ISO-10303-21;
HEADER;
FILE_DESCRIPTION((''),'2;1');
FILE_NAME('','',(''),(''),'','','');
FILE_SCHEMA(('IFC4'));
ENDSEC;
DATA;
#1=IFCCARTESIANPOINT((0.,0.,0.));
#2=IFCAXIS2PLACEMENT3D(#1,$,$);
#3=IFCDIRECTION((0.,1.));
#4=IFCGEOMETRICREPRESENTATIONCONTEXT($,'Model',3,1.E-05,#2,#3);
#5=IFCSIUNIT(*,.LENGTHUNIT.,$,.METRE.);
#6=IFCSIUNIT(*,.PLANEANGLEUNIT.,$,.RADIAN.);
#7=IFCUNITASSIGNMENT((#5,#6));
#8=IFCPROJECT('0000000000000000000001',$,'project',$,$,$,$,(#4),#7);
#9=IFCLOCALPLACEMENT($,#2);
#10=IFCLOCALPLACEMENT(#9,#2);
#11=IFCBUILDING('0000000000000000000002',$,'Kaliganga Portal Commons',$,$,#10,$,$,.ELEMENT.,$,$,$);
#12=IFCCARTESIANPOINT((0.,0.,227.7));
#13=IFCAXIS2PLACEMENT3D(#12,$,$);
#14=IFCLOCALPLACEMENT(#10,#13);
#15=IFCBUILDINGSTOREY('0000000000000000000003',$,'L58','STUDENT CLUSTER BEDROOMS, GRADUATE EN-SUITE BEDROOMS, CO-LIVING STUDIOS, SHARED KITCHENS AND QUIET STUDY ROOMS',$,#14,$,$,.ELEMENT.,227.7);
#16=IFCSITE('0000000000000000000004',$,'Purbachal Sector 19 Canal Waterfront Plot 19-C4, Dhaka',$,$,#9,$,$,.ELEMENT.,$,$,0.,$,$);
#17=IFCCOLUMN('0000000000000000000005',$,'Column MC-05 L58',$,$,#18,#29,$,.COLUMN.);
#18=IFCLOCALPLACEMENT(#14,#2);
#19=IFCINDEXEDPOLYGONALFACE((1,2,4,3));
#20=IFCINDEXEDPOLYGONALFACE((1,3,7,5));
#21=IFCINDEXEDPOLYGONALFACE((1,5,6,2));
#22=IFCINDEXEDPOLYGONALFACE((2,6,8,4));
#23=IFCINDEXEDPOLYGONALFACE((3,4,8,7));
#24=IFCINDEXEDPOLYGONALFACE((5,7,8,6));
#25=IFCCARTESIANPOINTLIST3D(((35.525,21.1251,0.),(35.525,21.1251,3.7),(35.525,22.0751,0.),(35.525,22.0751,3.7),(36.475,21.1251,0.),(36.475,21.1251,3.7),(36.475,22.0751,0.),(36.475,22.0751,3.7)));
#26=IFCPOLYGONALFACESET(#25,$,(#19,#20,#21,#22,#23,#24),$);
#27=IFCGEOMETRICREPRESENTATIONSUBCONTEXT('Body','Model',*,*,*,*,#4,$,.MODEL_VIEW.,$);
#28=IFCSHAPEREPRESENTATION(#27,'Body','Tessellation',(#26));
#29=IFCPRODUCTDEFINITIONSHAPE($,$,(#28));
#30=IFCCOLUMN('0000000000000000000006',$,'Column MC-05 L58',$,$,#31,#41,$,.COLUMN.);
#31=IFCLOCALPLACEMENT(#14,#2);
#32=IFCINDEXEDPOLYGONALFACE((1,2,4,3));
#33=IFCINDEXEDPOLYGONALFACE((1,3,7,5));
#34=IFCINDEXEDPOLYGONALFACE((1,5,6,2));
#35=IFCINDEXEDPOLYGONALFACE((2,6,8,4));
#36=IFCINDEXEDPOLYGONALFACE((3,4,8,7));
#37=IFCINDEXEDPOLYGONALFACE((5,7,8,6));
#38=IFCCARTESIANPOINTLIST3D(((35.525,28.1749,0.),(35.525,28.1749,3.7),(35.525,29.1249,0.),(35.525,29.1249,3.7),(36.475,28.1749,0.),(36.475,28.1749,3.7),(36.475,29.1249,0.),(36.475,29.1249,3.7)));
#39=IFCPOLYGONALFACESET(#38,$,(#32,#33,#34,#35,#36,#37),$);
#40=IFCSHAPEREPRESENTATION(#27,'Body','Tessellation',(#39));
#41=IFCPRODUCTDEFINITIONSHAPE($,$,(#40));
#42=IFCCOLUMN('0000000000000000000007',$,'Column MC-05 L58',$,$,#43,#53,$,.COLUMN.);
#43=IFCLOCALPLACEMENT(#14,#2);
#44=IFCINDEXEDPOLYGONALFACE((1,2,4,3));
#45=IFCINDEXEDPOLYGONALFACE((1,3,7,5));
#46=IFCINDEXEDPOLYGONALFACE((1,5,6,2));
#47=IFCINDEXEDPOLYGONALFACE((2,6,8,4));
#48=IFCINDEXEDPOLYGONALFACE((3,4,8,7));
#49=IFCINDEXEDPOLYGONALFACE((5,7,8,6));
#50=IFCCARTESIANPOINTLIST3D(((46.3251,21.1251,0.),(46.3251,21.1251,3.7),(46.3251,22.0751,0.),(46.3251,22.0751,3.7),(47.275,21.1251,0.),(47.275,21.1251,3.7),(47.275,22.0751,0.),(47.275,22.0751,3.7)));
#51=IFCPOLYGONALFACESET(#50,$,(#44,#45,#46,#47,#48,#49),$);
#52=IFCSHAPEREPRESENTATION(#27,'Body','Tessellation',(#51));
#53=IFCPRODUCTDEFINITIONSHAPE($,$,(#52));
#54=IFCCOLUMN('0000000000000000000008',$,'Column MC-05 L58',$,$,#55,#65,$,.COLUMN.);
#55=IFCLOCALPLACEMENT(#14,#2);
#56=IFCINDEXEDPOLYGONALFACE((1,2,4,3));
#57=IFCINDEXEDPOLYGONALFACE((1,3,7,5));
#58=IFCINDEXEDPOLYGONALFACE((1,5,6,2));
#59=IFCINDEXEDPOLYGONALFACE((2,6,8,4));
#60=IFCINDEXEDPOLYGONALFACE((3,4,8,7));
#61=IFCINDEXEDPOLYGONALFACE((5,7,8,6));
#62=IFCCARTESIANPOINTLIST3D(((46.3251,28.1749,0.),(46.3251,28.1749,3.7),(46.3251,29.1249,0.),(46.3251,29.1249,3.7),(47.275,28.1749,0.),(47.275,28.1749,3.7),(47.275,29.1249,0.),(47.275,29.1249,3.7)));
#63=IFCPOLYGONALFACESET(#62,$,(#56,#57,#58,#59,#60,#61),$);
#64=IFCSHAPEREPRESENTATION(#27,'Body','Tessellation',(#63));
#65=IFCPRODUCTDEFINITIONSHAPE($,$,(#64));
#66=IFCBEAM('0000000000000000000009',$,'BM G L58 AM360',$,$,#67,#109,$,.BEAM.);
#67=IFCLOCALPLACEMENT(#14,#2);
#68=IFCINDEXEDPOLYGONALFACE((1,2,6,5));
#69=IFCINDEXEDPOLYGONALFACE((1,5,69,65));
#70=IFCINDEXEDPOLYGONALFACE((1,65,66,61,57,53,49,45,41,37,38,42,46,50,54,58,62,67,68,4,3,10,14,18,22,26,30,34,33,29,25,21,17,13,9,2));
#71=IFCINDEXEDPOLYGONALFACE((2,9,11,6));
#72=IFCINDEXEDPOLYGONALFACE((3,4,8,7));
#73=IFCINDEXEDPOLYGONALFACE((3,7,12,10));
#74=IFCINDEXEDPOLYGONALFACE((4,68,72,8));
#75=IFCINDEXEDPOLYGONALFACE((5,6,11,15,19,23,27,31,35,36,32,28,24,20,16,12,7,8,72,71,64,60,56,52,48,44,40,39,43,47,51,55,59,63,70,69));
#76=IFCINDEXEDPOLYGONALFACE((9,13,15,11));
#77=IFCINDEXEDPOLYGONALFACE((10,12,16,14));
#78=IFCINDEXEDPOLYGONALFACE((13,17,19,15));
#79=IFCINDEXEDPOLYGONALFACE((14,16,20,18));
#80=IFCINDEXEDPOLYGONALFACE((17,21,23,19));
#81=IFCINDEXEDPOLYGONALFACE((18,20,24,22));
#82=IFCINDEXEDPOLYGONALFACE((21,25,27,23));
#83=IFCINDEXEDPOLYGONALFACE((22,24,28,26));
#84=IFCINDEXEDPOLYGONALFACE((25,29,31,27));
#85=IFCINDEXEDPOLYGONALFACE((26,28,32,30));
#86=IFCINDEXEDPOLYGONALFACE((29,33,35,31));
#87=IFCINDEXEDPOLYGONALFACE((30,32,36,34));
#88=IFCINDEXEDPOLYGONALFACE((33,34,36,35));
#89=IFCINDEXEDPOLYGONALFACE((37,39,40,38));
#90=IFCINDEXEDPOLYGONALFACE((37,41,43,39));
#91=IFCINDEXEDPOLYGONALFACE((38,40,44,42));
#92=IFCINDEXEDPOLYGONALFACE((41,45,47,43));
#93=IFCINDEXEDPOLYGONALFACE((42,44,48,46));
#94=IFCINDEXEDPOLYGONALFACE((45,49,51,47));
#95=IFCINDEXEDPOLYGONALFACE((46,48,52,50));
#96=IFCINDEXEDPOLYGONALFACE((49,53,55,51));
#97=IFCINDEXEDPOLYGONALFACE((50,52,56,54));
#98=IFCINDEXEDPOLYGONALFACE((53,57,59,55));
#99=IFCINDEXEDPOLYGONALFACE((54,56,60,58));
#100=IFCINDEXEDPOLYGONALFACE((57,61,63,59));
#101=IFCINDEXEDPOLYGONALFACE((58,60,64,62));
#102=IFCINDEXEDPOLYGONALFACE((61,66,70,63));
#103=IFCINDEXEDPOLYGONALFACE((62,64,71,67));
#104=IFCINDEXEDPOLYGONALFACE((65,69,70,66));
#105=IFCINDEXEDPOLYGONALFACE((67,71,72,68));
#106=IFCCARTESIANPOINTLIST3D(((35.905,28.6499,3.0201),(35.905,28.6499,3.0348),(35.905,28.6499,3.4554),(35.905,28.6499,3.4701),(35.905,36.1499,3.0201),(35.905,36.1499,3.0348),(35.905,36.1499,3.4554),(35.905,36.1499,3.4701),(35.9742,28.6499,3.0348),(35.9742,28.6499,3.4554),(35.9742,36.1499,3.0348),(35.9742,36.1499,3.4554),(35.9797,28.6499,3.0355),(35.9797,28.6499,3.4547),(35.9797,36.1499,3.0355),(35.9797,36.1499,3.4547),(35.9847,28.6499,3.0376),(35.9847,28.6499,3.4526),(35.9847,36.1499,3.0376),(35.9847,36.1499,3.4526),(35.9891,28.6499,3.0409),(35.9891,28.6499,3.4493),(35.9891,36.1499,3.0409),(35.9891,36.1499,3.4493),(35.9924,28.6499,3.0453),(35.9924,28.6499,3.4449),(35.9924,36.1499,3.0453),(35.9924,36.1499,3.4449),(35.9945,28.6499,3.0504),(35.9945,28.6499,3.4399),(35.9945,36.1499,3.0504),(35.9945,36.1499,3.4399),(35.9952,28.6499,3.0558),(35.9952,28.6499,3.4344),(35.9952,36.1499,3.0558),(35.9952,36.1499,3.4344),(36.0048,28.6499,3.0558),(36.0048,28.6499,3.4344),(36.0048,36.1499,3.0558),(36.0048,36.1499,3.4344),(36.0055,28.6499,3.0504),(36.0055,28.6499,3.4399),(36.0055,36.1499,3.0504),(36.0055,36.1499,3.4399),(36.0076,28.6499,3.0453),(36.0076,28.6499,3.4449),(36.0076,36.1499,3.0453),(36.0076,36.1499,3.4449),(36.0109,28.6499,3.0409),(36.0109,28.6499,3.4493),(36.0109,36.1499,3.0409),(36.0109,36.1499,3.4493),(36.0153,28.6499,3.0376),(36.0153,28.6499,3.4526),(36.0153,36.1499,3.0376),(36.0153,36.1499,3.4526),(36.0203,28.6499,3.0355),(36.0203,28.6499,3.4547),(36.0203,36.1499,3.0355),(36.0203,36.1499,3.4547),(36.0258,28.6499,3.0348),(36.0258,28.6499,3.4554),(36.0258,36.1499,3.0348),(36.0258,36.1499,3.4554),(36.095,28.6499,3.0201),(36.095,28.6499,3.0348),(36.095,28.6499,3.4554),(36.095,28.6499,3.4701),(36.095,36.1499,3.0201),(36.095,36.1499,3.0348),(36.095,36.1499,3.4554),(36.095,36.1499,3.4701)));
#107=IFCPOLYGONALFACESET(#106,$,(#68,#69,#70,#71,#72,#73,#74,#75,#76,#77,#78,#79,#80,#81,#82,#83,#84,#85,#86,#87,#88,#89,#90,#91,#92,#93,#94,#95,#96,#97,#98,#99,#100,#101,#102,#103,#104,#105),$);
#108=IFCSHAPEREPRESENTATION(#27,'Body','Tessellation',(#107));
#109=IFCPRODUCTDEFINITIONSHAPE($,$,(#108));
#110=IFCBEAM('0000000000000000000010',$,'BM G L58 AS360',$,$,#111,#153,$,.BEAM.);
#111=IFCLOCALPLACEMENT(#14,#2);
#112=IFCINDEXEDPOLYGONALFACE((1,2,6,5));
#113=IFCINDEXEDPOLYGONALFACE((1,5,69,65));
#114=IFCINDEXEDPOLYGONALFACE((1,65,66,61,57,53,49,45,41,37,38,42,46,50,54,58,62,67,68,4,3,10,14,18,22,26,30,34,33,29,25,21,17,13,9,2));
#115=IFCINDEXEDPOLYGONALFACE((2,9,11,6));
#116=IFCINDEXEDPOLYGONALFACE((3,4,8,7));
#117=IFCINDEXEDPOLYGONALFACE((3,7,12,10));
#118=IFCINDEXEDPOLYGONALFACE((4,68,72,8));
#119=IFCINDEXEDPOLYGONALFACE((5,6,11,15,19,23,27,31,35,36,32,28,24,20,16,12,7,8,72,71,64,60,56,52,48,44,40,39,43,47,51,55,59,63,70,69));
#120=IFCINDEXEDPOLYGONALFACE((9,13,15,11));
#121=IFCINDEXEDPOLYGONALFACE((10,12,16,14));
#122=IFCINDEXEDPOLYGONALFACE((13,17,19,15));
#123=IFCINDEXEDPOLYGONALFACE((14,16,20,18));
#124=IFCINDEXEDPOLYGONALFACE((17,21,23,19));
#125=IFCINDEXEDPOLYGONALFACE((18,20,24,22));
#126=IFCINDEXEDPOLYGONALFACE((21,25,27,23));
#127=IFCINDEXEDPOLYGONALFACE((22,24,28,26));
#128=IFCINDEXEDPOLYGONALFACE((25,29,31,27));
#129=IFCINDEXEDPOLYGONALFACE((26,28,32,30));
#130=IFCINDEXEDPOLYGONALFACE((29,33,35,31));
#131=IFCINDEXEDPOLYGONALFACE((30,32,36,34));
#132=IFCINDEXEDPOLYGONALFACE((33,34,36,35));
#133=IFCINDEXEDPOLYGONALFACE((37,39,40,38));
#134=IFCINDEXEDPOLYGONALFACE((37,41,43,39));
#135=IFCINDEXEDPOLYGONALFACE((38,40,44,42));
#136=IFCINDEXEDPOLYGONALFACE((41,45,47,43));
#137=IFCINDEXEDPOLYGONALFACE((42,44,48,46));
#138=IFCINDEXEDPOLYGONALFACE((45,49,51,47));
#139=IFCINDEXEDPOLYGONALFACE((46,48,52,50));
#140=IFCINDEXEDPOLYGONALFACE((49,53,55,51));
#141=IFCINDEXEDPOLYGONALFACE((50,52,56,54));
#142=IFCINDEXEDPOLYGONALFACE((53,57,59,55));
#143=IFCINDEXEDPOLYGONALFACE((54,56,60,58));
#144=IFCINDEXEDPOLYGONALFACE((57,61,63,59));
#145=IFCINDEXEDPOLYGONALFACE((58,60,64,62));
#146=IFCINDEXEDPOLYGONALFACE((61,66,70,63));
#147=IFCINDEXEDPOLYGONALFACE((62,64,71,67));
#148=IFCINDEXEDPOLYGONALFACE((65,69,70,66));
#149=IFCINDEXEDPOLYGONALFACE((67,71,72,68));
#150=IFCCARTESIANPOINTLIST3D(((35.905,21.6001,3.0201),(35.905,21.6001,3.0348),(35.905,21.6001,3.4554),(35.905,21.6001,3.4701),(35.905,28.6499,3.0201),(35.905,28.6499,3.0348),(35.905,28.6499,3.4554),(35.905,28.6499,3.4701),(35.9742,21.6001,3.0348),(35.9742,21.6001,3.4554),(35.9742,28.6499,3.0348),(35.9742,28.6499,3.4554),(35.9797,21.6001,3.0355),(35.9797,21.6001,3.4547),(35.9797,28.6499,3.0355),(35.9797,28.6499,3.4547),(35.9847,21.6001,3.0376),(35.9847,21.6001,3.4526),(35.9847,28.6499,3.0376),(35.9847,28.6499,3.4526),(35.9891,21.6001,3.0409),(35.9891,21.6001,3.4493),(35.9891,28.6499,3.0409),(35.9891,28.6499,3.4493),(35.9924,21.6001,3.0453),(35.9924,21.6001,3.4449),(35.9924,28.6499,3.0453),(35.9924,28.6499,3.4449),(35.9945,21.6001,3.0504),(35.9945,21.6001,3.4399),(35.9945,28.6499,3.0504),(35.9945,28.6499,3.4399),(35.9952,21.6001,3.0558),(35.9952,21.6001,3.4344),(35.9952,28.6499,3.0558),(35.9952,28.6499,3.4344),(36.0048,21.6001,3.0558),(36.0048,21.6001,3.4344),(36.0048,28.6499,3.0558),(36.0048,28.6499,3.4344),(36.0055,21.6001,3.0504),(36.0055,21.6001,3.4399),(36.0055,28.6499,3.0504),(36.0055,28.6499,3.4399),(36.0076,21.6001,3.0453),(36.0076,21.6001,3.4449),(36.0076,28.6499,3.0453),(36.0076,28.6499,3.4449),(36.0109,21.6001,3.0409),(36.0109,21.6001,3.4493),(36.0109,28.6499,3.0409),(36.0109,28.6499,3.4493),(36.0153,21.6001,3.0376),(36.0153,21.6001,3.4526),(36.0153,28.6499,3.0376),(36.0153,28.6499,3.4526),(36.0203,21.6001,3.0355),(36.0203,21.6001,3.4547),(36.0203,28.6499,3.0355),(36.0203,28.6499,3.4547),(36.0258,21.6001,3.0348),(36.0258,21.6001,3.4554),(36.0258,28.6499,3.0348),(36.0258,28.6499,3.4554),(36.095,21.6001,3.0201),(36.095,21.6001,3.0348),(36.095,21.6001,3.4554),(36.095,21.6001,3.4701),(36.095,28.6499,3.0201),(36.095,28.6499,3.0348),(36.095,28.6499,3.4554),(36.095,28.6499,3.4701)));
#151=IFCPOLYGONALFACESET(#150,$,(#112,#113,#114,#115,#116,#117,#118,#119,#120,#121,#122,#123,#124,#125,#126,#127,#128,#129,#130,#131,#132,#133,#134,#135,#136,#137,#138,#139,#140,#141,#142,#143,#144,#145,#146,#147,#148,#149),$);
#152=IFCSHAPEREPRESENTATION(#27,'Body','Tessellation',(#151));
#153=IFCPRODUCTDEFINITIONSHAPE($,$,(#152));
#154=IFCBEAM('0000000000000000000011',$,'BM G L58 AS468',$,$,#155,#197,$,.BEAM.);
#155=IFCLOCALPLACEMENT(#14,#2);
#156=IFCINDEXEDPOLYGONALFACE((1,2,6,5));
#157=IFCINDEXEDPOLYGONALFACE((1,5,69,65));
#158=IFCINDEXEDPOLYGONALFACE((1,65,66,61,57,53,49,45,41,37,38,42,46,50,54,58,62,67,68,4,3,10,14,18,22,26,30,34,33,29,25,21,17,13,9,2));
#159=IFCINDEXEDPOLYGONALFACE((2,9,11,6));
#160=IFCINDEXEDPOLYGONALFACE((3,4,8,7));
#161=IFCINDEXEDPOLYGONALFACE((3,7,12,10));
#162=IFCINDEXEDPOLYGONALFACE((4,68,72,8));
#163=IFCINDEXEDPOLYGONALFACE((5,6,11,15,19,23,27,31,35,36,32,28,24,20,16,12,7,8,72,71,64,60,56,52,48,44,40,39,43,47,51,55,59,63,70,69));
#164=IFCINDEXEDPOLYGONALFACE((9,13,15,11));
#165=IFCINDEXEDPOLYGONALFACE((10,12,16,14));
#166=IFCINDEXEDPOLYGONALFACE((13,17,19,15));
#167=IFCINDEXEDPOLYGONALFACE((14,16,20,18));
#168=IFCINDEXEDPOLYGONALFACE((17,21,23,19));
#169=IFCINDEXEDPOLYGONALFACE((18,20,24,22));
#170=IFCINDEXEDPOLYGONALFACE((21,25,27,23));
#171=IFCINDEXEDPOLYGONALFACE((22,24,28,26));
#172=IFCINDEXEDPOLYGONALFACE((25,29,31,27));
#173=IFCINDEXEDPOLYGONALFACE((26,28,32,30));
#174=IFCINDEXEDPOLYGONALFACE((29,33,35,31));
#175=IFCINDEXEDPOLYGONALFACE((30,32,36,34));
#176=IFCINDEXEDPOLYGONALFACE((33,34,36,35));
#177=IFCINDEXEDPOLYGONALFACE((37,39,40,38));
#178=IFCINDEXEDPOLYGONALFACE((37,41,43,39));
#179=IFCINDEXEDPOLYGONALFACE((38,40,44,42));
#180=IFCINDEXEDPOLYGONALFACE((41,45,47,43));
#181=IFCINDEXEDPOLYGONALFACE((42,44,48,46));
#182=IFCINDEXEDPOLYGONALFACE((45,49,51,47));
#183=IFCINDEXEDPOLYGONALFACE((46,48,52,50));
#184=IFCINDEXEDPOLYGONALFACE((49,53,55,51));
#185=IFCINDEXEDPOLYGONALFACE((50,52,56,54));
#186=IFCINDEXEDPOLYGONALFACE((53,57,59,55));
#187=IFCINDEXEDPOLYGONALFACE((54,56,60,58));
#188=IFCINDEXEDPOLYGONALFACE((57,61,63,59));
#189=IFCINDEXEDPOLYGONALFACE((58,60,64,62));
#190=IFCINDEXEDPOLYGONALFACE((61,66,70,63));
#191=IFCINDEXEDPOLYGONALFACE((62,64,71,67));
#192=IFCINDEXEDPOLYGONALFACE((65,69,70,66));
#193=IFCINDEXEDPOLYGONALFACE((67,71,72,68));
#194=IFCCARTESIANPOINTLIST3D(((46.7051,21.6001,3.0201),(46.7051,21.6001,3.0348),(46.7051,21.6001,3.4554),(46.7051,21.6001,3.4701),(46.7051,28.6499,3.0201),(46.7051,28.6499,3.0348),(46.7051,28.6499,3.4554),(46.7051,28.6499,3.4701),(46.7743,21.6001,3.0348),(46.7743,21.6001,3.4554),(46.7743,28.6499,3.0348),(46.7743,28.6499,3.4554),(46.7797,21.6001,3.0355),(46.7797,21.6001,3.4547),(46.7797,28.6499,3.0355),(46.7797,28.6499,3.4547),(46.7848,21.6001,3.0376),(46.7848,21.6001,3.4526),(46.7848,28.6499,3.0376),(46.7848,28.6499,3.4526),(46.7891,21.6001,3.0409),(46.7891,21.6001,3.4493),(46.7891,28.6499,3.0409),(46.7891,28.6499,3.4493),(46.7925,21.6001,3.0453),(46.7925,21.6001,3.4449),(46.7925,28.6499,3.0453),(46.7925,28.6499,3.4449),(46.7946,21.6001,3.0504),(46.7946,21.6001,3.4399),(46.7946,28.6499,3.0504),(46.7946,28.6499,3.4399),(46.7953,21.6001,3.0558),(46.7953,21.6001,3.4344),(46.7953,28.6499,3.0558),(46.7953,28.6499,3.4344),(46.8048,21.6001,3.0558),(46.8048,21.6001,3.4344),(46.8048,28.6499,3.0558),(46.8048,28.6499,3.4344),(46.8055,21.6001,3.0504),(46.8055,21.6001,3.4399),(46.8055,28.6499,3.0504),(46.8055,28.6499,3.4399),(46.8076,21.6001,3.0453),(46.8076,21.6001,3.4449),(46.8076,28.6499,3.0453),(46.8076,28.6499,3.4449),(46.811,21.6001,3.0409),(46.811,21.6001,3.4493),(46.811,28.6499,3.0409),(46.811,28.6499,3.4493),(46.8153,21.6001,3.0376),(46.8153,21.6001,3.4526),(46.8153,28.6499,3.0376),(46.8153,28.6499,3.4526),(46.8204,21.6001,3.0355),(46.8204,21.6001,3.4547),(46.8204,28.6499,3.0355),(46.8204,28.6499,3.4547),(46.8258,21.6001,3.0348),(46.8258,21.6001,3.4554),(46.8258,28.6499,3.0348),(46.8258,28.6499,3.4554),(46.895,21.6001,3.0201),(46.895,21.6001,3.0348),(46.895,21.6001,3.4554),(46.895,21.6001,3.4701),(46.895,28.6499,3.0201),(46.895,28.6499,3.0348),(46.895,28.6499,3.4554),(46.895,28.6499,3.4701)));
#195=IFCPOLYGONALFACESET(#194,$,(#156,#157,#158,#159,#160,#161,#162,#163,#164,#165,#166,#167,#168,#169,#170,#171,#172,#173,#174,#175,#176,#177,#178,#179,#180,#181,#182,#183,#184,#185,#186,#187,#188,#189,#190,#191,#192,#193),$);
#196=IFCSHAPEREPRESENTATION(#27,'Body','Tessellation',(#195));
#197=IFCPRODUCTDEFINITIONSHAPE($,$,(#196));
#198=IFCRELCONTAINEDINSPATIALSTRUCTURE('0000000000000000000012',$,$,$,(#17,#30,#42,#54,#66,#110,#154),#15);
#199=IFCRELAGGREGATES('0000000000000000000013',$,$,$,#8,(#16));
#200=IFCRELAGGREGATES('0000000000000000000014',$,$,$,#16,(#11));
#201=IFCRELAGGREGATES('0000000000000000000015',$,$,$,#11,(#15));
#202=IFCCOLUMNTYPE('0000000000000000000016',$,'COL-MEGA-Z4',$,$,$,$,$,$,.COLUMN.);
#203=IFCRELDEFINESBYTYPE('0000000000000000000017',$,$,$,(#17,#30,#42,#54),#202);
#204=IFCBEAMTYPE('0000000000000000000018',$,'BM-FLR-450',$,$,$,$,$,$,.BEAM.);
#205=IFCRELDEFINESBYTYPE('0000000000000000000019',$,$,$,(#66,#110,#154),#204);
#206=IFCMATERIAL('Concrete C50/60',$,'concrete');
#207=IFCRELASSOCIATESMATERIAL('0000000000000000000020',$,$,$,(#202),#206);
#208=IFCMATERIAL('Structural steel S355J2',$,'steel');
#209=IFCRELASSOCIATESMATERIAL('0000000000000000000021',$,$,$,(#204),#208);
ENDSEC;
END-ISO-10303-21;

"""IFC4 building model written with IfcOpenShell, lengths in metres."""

from ifc_helpers import new_model, si_unit, direction, frame, origin, origin_2d, place, context, subcontext, project, spatial, rectangle, i_section, extrude, source, transform, mapped, material, material_profile, profile_set, type_object, element, save


model = new_model("IFC4")

# Units and contexts
model_context = context("Model", 3, precision=1e-05, world=origin(), true_north=direction((0.0, 1.0)))
body_context = subcontext(model_context, "Body", "Model", "MODEL_VIEW")
ifc_project = project(units=[si_unit("LENGTHUNIT", "METRE"), si_unit("PLANEANGLEUNIT", "RADIAN")], contexts=[model_context])

# Site, building, storey
site_placement = place(None, origin())
site = spatial("IfcSite", under=ifc_project, at=site_placement, Name="Purbachal Sector 19 Canal Waterfront Plot 19-C4, Dhaka", CompositionType="ELEMENT", RefElevation=0.0)
building_placement = place(site_placement, origin())
building = spatial("IfcBuilding", under=site, at=building_placement, Name="Kaliganga Portal Commons", CompositionType="ELEMENT")
storey_placement = place(building_placement, frame((0.0, 0.0, 227.7)))
storey = spatial("IfcBuildingStorey", under=building, at=storey_placement, Name="L58", Description="STUDENT CLUSTER BEDROOMS, GRADUATE EN-SUITE BEDROOMS, CO-LIVING STUDIOS, SHARED KITCHENS AND QUIET STUDY ROOMS", CompositionType="ELEMENT", Elevation=227.7)

# Columns
ifc_material_1 = material(Name="Concrete C50/60", Category="concrete")
ifc_material_profile_1 = material_profile(ifc_material_1, rectangle(XDim=0.95, YDim=0.95, at=origin_2d()), Name="RC 950x950")
ifc_profile_set_1 = profile_set([ifc_material_profile_1], Name="Concrete C50/60")
column_type = type_object("IfcColumnType", Name="COL-MEGA-Z4", PredefinedType="COLUMN", material=ifc_profile_set_1)
shared_shape_1 = source(origin(), body_context, "Body", "SweptSolid", [
    extrude(rectangle(XDim=0.95, YDim=0.95, at=origin_2d()), origin(), (0.0, 0.0, 1.0), 3.7),
])
for number, where, z_axis, x_axis, name in (
    (1, (36.0, 21.6001, 0.0), (0.0, 0.0, 1.0), (1.0, 0.0, 0.0), "Column MC-05 L58"),
    (2, (36.0, 28.6499, 0.0), (0.0, 0.0, 1.0), (1.0, 0.0, 0.0), "Column MC-05 L58"),
    (3, (46.8, 21.6001, 0.0), (0.0, 0.0, 1.0), (1.0, 0.0, 0.0), "Column MC-05 L58"),
    (4, (46.8, 28.6499, 0.0), (0.0, 0.0, 1.0), (1.0, 0.0, 0.0), "Column MC-05 L58"),
):
    element("IfcColumn", number, at=place(storey_placement, frame(where, z_axis=z_axis, x_axis=x_axis)), inside=storey, type_object=column_type, Name=name, PredefinedType="COLUMN", context=body_context, shape_type="MappedRepresentation", body=[
        mapped(shared_shape_1, transform((0.0, 0.0, 0.0), x_axis=(1.0, 0.0, 0.0), y_axis=(0.0, 1.0, 0.0), z_axis=(0.0, 0.0, 1.0), scale=1.0)),
    ])

# Beams
ifc_material_2 = material(Name="Structural steel S355J2", Category="steel")
ifc_material_profile_2 = material_profile(ifc_material_2, i_section(OverallWidth=0.1899, OverallDepth=0.45, WebThickness=0.0095, FlangeThickness=0.0146, FilletRadius=0.021, at=origin_2d()), Name="IPE 450")
ifc_profile_set_2 = profile_set([ifc_material_profile_2], Name="Structural steel S355J2 wide-flange")
beam_type_1 = type_object("IfcBeamType", Name="BM-FLR-450", PredefinedType="BEAM", material=ifc_profile_set_2)
shared_shape_2 = source(origin(), body_context, "Body", "SweptSolid", [
    extrude(i_section(OverallWidth=0.1899, OverallDepth=0.45, WebThickness=0.0095, FlangeThickness=0.0146, FilletRadius=0.021, at=origin_2d()), origin(), (0.0, 0.0, 1.0), 7.5),
])
beam_1_placement = place(storey_placement, frame((36.0, 28.6499, 3.2451), z_axis=(0.0, 1.0, 0.0), x_axis=(-1.0, 0.0, 0.0)))
element("IfcBeam", 5, at=beam_1_placement, inside=storey, type_object=beam_type_1, Name="BM G L58 AM360", PredefinedType="BEAM", context=body_context, shape_type="MappedRepresentation", body=[
    mapped(shared_shape_2, transform((0.0, 0.0, 0.0), x_axis=(1.0, 0.0, 0.0), y_axis=(0.0, 1.0, 0.0), z_axis=(0.0, 0.0, 1.0), scale=1.0)),
])
shared_shape_3 = source(origin(), body_context, "Body", "SweptSolid", [
    extrude(i_section(OverallWidth=0.1899, OverallDepth=0.45, WebThickness=0.0095, FlangeThickness=0.0146, FilletRadius=0.021, at=origin_2d()), origin(), (0.0, 0.0, 1.0), 7.0498),
])
for number, where, z_axis, x_axis, name in (
    (6, (36.0, 21.6001, 3.2451), (0.0, 1.0, 0.0), (-1.0, 0.0, 0.0), "BM G L58 AS360"),
    (7, (46.8, 21.6001, 3.2451), (0.0, 1.0, 0.0), (-1.0, 0.0, 0.0), "BM G L58 AS468"),
):
    element("IfcBeam", number, at=place(storey_placement, frame(where, z_axis=z_axis, x_axis=x_axis)), inside=storey, type_object=beam_type_1, Name=name, PredefinedType="BEAM", context=body_context, shape_type="MappedRepresentation", body=[
        mapped(shared_shape_3, transform((0.0, 0.0, 0.0), x_axis=(1.0, 0.0, 0.0), y_axis=(0.0, 1.0, 0.0), z_axis=(0.0, 0.0, 1.0), scale=1.0)),
    ])

save(model, "model.ifc")
